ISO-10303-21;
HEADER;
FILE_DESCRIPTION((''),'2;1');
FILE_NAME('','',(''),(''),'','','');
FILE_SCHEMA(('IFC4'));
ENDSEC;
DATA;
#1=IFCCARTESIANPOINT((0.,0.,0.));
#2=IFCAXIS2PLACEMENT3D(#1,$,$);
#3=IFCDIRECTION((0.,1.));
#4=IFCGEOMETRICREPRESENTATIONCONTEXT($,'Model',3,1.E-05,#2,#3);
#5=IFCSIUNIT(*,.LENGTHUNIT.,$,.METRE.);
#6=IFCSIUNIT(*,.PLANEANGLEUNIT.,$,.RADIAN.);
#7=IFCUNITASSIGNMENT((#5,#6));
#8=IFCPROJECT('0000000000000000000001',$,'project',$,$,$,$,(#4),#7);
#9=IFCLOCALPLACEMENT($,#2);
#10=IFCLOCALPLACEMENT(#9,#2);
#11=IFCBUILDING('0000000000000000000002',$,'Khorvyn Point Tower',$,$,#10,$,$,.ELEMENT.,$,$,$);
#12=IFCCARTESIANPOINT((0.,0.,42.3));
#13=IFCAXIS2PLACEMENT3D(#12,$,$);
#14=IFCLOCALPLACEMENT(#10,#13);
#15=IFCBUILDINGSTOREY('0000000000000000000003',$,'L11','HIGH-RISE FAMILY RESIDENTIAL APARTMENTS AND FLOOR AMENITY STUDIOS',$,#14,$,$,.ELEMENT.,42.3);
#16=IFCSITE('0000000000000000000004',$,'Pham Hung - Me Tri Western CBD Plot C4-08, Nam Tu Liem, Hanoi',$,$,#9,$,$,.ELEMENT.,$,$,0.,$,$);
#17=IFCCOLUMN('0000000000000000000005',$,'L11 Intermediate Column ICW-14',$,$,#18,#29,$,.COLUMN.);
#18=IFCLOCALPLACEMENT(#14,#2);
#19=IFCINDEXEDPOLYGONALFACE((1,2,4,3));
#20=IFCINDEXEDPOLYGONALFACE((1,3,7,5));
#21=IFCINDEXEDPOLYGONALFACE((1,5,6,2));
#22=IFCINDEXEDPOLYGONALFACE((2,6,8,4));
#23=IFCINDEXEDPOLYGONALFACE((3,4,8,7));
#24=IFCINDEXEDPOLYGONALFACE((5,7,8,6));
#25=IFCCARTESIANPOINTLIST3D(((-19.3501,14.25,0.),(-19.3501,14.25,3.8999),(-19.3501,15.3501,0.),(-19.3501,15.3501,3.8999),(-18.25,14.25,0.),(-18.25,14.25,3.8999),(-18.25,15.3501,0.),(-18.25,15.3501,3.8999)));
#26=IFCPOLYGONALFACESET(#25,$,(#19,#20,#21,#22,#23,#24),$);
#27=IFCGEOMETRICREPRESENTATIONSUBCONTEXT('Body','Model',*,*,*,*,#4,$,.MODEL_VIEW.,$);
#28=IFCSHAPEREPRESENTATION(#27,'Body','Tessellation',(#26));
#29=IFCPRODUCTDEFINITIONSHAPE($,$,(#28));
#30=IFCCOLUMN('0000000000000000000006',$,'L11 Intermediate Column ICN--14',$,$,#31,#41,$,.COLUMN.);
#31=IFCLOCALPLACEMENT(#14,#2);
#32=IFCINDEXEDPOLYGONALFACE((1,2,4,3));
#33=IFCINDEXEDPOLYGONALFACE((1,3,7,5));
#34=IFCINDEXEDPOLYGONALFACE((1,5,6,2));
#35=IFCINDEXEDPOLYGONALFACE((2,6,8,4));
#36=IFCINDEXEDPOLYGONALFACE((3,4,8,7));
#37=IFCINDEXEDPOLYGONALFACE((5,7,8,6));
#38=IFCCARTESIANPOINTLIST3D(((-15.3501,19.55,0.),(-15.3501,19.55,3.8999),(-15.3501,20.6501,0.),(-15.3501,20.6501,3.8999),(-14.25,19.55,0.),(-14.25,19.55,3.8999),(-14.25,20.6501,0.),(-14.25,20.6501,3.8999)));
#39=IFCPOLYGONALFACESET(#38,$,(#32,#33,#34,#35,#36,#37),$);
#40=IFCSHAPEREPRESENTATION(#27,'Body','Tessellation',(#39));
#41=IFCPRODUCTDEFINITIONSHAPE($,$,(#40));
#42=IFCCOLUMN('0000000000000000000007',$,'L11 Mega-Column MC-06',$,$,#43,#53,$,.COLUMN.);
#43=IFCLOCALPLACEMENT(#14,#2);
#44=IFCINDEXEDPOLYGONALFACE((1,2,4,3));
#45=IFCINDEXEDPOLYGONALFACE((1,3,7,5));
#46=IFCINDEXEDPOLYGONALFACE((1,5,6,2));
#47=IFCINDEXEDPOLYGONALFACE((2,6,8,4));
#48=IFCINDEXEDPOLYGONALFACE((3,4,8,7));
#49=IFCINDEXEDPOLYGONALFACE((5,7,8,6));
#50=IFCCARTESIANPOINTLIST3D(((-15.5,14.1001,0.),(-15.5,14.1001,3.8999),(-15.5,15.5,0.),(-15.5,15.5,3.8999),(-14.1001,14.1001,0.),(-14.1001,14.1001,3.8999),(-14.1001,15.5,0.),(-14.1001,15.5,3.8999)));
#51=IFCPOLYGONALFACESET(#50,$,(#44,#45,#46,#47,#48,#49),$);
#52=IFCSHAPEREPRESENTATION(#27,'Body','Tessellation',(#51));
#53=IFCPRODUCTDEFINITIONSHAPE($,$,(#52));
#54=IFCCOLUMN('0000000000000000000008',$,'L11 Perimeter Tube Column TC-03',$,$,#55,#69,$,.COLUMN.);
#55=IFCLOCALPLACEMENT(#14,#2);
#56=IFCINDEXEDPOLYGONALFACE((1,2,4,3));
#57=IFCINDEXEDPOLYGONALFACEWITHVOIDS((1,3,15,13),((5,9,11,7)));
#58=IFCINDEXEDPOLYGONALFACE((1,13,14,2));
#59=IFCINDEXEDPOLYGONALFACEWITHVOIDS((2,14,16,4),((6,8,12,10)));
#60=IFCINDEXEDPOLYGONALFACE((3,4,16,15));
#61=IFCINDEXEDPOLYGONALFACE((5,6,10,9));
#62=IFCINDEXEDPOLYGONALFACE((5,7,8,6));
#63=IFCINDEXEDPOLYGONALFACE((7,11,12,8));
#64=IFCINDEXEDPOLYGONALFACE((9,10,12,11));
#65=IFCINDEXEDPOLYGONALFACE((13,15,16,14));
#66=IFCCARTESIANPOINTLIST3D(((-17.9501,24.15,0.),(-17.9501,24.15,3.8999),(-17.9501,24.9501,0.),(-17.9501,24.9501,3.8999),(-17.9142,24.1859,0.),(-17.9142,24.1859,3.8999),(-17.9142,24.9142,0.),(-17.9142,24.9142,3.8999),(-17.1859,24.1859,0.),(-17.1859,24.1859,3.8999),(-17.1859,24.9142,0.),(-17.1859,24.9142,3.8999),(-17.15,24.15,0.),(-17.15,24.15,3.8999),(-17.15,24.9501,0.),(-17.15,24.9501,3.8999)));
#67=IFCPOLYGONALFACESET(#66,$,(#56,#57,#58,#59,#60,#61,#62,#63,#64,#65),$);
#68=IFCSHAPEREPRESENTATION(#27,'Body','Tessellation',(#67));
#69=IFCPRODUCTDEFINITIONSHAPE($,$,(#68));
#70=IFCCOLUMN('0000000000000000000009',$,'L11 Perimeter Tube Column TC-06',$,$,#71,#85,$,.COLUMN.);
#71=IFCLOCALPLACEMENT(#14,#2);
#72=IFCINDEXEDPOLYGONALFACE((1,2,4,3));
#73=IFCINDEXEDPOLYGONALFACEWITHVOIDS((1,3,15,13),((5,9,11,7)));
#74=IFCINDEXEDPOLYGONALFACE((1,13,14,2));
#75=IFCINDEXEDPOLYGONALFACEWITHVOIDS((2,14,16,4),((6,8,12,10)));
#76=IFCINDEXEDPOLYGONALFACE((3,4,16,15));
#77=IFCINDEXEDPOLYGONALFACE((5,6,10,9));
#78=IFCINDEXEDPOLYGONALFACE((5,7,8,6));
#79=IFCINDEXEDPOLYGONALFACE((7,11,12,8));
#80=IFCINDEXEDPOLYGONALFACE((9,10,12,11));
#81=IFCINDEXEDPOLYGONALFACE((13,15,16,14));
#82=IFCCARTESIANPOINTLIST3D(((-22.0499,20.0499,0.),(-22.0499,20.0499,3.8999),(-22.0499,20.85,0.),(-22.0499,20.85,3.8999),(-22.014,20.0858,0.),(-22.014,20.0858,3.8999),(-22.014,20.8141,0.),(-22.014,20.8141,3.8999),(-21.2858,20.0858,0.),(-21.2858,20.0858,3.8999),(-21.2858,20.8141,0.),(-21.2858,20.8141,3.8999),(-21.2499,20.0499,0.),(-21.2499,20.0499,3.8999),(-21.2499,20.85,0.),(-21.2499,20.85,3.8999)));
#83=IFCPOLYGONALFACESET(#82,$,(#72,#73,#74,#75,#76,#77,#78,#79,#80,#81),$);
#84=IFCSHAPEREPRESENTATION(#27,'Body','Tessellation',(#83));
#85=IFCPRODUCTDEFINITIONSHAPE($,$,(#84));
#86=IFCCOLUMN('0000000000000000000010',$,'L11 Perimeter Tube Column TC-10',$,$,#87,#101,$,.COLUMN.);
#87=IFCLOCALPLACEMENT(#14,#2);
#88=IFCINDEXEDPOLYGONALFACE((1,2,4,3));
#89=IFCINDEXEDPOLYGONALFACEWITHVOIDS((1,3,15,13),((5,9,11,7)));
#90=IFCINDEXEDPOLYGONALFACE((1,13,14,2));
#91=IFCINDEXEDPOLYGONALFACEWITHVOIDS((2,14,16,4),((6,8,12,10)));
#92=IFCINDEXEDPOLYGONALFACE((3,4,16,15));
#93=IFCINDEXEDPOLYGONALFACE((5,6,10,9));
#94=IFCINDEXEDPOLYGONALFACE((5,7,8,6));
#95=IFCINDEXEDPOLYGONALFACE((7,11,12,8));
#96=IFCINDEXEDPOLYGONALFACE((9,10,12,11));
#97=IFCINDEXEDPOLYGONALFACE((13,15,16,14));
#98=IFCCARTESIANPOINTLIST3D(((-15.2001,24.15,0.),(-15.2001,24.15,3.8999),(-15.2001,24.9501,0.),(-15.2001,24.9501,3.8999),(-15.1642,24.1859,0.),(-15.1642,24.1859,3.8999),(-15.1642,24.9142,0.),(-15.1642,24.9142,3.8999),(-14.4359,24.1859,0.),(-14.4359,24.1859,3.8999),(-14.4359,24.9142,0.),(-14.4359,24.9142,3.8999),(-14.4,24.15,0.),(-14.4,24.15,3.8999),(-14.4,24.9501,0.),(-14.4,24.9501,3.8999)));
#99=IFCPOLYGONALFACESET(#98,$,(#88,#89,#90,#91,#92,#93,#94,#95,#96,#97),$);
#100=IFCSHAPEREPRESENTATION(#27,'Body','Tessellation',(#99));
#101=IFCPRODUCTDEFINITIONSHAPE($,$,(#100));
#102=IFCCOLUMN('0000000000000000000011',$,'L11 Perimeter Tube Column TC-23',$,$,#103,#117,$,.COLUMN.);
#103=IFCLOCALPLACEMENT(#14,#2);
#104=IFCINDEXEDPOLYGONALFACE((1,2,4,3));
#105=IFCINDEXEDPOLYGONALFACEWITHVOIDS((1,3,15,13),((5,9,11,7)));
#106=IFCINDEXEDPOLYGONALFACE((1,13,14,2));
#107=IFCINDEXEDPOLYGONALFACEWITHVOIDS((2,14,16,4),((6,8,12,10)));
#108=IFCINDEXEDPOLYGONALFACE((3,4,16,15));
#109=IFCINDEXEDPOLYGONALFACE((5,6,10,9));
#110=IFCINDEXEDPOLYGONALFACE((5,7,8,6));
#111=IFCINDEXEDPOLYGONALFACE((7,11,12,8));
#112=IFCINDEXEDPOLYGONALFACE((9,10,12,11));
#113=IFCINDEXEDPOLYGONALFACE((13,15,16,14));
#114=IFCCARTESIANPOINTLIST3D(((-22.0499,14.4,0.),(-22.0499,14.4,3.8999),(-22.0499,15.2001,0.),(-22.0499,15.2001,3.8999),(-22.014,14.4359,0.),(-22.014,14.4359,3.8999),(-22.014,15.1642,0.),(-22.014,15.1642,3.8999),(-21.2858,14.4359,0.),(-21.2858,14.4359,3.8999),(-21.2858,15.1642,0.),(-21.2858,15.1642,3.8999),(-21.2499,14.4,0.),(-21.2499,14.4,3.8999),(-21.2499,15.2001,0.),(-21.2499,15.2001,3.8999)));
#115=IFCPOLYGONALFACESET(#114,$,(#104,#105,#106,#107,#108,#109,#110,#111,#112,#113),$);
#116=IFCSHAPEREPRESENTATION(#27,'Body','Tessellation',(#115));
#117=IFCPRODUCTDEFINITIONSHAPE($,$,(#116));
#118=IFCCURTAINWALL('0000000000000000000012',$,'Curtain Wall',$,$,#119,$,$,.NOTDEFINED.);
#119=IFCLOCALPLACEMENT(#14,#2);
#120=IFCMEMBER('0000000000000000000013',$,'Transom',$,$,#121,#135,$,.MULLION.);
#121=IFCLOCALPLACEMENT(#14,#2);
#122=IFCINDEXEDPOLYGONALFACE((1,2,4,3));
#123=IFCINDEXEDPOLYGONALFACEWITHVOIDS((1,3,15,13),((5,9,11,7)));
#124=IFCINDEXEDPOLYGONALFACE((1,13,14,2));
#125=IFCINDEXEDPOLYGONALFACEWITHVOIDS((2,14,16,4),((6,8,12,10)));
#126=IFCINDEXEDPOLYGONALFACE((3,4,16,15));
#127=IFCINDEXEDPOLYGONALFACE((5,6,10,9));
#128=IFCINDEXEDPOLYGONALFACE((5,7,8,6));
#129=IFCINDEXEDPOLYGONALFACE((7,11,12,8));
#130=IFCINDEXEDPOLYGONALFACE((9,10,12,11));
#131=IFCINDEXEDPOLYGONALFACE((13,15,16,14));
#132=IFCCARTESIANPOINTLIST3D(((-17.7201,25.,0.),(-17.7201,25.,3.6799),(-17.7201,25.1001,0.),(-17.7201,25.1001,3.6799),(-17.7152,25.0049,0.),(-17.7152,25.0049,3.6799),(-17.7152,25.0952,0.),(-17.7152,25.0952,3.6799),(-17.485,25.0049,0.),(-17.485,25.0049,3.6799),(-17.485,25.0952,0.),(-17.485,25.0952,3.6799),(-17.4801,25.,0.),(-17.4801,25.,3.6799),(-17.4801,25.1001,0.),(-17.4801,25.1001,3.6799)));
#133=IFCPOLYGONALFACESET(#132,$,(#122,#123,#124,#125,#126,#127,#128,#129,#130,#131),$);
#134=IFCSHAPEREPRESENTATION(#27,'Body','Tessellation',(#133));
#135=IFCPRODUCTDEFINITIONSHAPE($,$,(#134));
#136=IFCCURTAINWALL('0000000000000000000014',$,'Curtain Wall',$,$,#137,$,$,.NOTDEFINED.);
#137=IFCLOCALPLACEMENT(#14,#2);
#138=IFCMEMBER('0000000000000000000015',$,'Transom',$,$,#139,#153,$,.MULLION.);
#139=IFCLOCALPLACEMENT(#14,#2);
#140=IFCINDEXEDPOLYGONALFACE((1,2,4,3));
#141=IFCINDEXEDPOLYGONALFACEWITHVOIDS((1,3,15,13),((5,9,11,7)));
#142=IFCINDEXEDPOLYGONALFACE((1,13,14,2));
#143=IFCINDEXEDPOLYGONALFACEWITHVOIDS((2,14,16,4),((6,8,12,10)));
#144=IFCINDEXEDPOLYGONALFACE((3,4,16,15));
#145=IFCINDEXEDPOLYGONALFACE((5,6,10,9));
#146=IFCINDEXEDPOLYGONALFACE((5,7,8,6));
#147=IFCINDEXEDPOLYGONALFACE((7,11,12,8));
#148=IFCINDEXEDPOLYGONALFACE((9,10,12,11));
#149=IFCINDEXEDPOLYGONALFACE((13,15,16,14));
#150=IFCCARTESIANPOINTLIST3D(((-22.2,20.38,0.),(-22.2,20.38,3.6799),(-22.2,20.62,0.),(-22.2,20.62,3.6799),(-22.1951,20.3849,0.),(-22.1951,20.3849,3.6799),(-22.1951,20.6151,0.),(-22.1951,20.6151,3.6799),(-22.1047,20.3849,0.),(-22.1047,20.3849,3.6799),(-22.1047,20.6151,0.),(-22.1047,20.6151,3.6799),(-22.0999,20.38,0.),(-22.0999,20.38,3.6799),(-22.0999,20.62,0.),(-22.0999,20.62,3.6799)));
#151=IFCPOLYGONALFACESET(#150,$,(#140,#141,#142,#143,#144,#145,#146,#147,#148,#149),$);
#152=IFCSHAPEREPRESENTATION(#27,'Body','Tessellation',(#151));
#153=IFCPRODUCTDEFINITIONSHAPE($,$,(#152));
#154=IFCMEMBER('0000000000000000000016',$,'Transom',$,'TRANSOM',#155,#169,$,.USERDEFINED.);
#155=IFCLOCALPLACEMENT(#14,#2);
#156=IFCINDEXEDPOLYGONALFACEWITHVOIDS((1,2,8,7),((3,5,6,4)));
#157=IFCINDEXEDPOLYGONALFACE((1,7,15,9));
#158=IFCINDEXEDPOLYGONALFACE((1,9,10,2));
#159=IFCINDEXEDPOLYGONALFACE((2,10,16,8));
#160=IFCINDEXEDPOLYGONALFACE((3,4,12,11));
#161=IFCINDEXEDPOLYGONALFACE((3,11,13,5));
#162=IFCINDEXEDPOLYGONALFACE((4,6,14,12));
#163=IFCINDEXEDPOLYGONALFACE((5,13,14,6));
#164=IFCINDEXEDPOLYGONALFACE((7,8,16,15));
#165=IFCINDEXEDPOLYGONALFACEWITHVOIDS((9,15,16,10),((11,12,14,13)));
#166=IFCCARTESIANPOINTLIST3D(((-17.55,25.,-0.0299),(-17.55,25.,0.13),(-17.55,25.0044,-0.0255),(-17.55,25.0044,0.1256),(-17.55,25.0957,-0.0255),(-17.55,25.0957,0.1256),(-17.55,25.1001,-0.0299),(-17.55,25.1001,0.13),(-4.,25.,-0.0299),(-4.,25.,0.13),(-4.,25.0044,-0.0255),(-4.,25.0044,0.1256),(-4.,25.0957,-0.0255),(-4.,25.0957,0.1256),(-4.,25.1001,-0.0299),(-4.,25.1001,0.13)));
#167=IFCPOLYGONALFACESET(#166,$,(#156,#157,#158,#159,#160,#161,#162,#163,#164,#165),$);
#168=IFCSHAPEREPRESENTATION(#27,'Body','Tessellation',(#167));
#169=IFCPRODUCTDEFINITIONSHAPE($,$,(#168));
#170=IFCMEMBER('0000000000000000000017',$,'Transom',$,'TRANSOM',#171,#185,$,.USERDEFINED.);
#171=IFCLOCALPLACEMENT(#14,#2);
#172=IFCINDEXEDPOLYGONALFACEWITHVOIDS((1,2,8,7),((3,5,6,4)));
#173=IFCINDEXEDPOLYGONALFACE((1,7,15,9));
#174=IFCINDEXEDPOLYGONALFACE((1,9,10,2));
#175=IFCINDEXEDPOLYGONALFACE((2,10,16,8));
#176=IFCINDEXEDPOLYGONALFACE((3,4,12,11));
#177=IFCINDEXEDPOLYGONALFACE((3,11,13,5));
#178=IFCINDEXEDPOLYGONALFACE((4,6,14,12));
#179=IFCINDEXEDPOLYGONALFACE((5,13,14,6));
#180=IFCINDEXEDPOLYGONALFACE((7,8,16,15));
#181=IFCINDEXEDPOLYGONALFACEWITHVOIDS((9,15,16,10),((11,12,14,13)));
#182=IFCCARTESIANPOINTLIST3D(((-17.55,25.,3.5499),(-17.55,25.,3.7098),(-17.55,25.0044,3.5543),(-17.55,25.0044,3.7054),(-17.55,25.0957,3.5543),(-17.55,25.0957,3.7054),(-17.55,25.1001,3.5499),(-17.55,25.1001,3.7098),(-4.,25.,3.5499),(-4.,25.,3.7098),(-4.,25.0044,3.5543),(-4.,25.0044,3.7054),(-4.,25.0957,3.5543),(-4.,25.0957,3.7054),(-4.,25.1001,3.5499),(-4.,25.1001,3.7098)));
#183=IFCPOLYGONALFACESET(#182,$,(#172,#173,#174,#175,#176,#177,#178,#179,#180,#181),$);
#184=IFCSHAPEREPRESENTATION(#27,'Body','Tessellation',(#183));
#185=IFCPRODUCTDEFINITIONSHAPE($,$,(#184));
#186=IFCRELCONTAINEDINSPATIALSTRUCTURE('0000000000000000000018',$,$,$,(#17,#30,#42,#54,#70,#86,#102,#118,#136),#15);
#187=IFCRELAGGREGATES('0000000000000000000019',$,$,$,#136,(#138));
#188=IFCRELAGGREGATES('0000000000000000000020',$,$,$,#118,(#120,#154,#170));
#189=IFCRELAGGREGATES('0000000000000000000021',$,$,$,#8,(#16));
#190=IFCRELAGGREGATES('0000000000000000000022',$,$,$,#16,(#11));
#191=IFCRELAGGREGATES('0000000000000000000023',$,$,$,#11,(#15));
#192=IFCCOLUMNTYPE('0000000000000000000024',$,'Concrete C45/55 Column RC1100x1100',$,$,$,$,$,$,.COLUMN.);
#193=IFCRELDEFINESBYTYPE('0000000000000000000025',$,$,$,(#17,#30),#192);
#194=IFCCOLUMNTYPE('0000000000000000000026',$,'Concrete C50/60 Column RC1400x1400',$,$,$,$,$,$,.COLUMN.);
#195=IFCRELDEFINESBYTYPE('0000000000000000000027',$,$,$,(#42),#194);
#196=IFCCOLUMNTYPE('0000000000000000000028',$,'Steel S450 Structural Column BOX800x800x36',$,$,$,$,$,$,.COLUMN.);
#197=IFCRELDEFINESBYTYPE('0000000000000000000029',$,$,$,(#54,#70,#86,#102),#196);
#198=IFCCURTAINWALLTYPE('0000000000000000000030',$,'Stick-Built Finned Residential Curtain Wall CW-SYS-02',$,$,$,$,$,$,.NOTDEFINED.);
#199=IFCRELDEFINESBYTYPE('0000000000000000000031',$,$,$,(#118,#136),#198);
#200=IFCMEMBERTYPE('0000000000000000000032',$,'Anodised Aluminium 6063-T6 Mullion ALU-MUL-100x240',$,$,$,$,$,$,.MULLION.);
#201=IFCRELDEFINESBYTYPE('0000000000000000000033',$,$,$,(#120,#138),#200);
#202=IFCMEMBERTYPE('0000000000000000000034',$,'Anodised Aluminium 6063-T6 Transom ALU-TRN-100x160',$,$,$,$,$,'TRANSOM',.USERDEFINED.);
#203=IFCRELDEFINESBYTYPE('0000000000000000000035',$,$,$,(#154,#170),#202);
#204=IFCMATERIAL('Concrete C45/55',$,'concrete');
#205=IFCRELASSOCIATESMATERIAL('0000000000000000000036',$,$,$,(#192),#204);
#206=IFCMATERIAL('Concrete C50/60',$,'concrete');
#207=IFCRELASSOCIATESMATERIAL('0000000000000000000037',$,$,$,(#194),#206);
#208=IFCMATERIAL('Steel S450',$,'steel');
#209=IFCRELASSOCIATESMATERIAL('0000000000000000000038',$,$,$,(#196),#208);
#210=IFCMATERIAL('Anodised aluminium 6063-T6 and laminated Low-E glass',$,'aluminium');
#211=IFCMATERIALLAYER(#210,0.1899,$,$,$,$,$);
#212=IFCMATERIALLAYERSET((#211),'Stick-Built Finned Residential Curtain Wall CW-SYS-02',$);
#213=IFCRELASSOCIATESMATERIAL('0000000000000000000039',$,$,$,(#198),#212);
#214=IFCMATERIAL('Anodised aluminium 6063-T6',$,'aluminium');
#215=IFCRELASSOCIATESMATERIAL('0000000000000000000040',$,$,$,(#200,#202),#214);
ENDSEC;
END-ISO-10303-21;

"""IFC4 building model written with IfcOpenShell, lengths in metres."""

from ifc_helpers import new_model, si_unit, direction, frame, origin, origin_2d, place, context, subcontext, project, spatial, rectangle, hollow_rectangle, extrude, material, layer, layer_set, material_profile, profile_set, type_object, element, aggregate, save


model = new_model("IFC4")

# Units and contexts
model_context = context("Model", 3, precision=1e-05, world=origin(), true_north=direction((0.0, 1.0)))
body_context = subcontext(model_context, "Body", "Model", "MODEL_VIEW")
ifc_project = project(units=[si_unit("LENGTHUNIT", "METRE"), si_unit("PLANEANGLEUNIT", "RADIAN")], contexts=[model_context])

# Site, building, storey
site_placement = place(None, origin())
site = spatial("IfcSite", under=ifc_project, at=site_placement, Name="Pham Hung - Me Tri Western CBD Plot C4-08, Nam Tu Liem, Hanoi", CompositionType="ELEMENT", RefElevation=0.0)
building_placement = place(site_placement, origin())
building = spatial("IfcBuilding", under=site, at=building_placement, Name="Khorvyn Point Tower", CompositionType="ELEMENT")
storey_placement = place(building_placement, frame((0.0, 0.0, 42.3)))
storey = spatial("IfcBuildingStorey", under=building, at=storey_placement, Name="L11", Description="HIGH-RISE FAMILY RESIDENTIAL APARTMENTS AND FLOOR AMENITY STUDIOS", CompositionType="ELEMENT", Elevation=42.3)

# Columns
ifc_material_1 = material(Name="Concrete C45/55", Category="concrete")
ifc_material_profile_1 = material_profile(ifc_material_1, rectangle(XDim=1.1001, YDim=1.1001, at=origin_2d()))
ifc_profile_set_1 = profile_set([ifc_material_profile_1], Name="Concrete C45/55 RC1100x1100")
column_type_1 = type_object("IfcColumnType", Name="Concrete C45/55 Column RC1100x1100", PredefinedType="COLUMN", material=ifc_profile_set_1)
for number, where, z_axis, x_axis, name in (
    (1, (-18.8, 14.8, 0.0), (0.0, 0.0, 1.0), (1.0, 0.0, 0.0), "L11 Intermediate Column ICW-14"),
    (2, (-14.8, 20.1001, 0.0), (0.0, 0.0, 1.0), (1.0, 0.0, 0.0), "L11 Intermediate Column ICN--14"),
):
    element("IfcColumn", number, at=place(storey_placement, frame(where, z_axis=z_axis, x_axis=x_axis)), inside=storey, type_object=column_type_1, Name=name, PredefinedType="COLUMN", context=body_context, shape_type="SweptSolid", body=[
        extrude(rectangle(XDim=1.1001, YDim=1.1001, at=origin_2d()), origin(), (0.0, 0.0, 1.0), 3.8999),
    ])
ifc_material_2 = material(Name="Concrete C50/60", Category="concrete")
ifc_material_profile_2 = material_profile(ifc_material_2, rectangle(XDim=1.3999, YDim=1.3999, at=origin_2d()))
ifc_profile_set_2 = profile_set([ifc_material_profile_2], Name="Concrete C50/60 RC1400x1400")
column_type_2 = type_object("IfcColumnType", Name="Concrete C50/60 Column RC1400x1400", PredefinedType="COLUMN", material=ifc_profile_set_2)
column_placement = place(storey_placement, frame((-14.8, 14.8, 0.0), z_axis=(0.0, 0.0, 1.0), x_axis=(1.0, 0.0, 0.0)))
element("IfcColumn", 3, at=column_placement, inside=storey, type_object=column_type_2, Name="L11 Mega-Column MC-06", PredefinedType="COLUMN", context=body_context, shape_type="SweptSolid", body=[
    extrude(rectangle(XDim=1.3999, YDim=1.3999, at=origin_2d()), origin(), (0.0, 0.0, 1.0), 3.8999),
])
ifc_material_3 = material(Name="Steel S450", Category="steel")
ifc_material_profile_3 = material_profile(ifc_material_3, hollow_rectangle(XDim=0.8, YDim=0.8, WallThickness=0.0359, at=origin_2d()))
ifc_profile_set_3 = profile_set([ifc_material_profile_3], Name="Steel S450 BOX800x800x36")
column_type_3 = type_object("IfcColumnType", Name="Steel S450 Structural Column BOX800x800x36", PredefinedType="COLUMN", material=ifc_profile_set_3)
for number, where, z_axis, x_axis, name in (
    (4, (-17.55, 24.55, 0.0), (0.0, 0.0, 1.0), (1.0, 0.0, 0.0), "L11 Perimeter Tube Column TC-03"),
    (5, (-21.6499, 20.45, 0.0), (0.0, 0.0, 1.0), (1.0, 0.0, 0.0), "L11 Perimeter Tube Column TC-06"),
    (6, (-14.8, 24.55, 0.0), (0.0, 0.0, 1.0), (1.0, 0.0, 0.0), "L11 Perimeter Tube Column TC-10"),
    (7, (-21.6499, 14.8, 0.0), (0.0, 0.0, 1.0), (1.0, 0.0, 0.0), "L11 Perimeter Tube Column TC-23"),
):
    element("IfcColumn", number, at=place(storey_placement, frame(where, z_axis=z_axis, x_axis=x_axis)), inside=storey, type_object=column_type_3, Name=name, PredefinedType="COLUMN", context=body_context, shape_type="SweptSolid", body=[
        extrude(hollow_rectangle(XDim=0.8, YDim=0.8, WallThickness=0.0359, at=origin_2d()), origin(), (0.0, 0.0, 1.0), 3.8999),
    ])

# Curtain walls, members
ifc_material_4 = material(Name="Anodised aluminium 6063-T6 and laminated Low-E glass", Category="aluminium")
ifc_layer_1 = layer(ifc_material_4, 0.1899)
ifc_layer_set_1 = layer_set([ifc_layer_1], Name="Stick-Built Finned Residential Curtain Wall CW-SYS-02")
curtain_wall_type = type_object("IfcCurtainWallType", Name="Stick-Built Finned Residential Curtain Wall CW-SYS-02", PredefinedType="NOTDEFINED", material=ifc_layer_set_1)
curtain_wall_1_placement = place(storey_placement, origin())
curtain_wall_1 = element("IfcCurtainWall", 8, at=curtain_wall_1_placement, inside=storey, type_object=curtain_wall_type, Name="Curtain Wall", PredefinedType="NOTDEFINED")
ifc_material_5 = material(Name="Anodised aluminium 6063-T6", Category="aluminium")
ifc_material_profile_4 = material_profile(ifc_material_5, hollow_rectangle(XDim=0.1001, YDim=0.24, WallThickness=0.0049, at=origin_2d()))
ifc_profile_set_4 = profile_set([ifc_material_profile_4], Name="Anodised aluminium 6063-T6 ALU-MUL-100x240")
member_type_1 = type_object("IfcMemberType", Name="Anodised Aluminium 6063-T6 Mullion ALU-MUL-100x240", PredefinedType="MULLION", material=ifc_profile_set_4)
member_1_placement = place(storey_placement, frame((-17.6001, 25.05, 0.0), z_axis=(0.0, 0.0, 1.0), x_axis=(0.0, 1.0, 0.0)))
member_1 = element("IfcMember", 9, at=member_1_placement, type_object=member_type_1, Name="Transom", PredefinedType="MULLION", context=body_context, shape_type="SweptSolid", body=[
    extrude(hollow_rectangle(XDim=0.1001, YDim=0.24, WallThickness=0.0049, at=origin_2d()), origin(), (0.0, 0.0, 1.0), 3.6799),
])
curtain_wall_2_placement = place(storey_placement, origin())
curtain_wall_2 = element("IfcCurtainWall", 10, at=curtain_wall_2_placement, inside=storey, type_object=curtain_wall_type, Name="Curtain Wall", PredefinedType="NOTDEFINED")
member_2_placement = place(storey_placement, frame((-22.1499, 20.5, 0.0), z_axis=(0.0, 0.0, 1.0), x_axis=(-1.0, 0.0, 0.0)))
member_2 = element("IfcMember", 11, at=member_2_placement, type_object=member_type_1, Name="Transom", PredefinedType="MULLION", context=body_context, shape_type="SweptSolid", body=[
    extrude(hollow_rectangle(XDim=0.1001, YDim=0.24, WallThickness=0.0049, at=origin_2d()), origin(), (0.0, 0.0, 1.0), 3.6799),
])
aggregate(curtain_wall_2, [member_2])

# Members
ifc_material_profile_5 = material_profile(ifc_material_5, hollow_rectangle(XDim=0.1001, YDim=0.1599, WallThickness=0.0044, at=origin_2d()))
ifc_profile_set_5 = profile_set([ifc_material_profile_5], Name="Anodised aluminium 6063-T6 ALU-TRN-100x160")
member_type_2 = type_object("IfcMemberType", Name="Anodised Aluminium 6063-T6 Transom ALU-TRN-100x160", ElementType="TRANSOM", PredefinedType="USERDEFINED", material=ifc_profile_set_5)
member_3_placement = place(storey_placement, frame((-17.55, 25.05, 0.05), z_axis=(1.0, 0.0, 0.0), x_axis=(0.0, 1.0, 0.0)))
member_3 = element("IfcMember", 12, at=member_3_placement, type_object=member_type_2, Name="Transom", ObjectType="TRANSOM", PredefinedType="USERDEFINED", context=body_context, shape_type="SweptSolid", body=[
    extrude(hollow_rectangle(XDim=0.1001, YDim=0.1599, WallThickness=0.0044, at=origin_2d()), origin(), (0.0, 0.0, 1.0), 13.55),
])
member_4_placement = place(storey_placement, frame((-17.55, 25.05, 3.6299), z_axis=(1.0, 0.0, 0.0), x_axis=(0.0, 1.0, 0.0)))
member_4 = element("IfcMember", 13, at=member_4_placement, type_object=member_type_2, Name="Transom", ObjectType="TRANSOM", PredefinedType="USERDEFINED", context=body_context, shape_type="SweptSolid", body=[
    extrude(hollow_rectangle(XDim=0.1001, YDim=0.1599, WallThickness=0.0044, at=origin_2d()), origin(), (0.0, 0.0, 1.0), 13.55),
])

aggregate(curtain_wall_1, [member_1, member_3, member_4])

save(model, "model.ifc")
